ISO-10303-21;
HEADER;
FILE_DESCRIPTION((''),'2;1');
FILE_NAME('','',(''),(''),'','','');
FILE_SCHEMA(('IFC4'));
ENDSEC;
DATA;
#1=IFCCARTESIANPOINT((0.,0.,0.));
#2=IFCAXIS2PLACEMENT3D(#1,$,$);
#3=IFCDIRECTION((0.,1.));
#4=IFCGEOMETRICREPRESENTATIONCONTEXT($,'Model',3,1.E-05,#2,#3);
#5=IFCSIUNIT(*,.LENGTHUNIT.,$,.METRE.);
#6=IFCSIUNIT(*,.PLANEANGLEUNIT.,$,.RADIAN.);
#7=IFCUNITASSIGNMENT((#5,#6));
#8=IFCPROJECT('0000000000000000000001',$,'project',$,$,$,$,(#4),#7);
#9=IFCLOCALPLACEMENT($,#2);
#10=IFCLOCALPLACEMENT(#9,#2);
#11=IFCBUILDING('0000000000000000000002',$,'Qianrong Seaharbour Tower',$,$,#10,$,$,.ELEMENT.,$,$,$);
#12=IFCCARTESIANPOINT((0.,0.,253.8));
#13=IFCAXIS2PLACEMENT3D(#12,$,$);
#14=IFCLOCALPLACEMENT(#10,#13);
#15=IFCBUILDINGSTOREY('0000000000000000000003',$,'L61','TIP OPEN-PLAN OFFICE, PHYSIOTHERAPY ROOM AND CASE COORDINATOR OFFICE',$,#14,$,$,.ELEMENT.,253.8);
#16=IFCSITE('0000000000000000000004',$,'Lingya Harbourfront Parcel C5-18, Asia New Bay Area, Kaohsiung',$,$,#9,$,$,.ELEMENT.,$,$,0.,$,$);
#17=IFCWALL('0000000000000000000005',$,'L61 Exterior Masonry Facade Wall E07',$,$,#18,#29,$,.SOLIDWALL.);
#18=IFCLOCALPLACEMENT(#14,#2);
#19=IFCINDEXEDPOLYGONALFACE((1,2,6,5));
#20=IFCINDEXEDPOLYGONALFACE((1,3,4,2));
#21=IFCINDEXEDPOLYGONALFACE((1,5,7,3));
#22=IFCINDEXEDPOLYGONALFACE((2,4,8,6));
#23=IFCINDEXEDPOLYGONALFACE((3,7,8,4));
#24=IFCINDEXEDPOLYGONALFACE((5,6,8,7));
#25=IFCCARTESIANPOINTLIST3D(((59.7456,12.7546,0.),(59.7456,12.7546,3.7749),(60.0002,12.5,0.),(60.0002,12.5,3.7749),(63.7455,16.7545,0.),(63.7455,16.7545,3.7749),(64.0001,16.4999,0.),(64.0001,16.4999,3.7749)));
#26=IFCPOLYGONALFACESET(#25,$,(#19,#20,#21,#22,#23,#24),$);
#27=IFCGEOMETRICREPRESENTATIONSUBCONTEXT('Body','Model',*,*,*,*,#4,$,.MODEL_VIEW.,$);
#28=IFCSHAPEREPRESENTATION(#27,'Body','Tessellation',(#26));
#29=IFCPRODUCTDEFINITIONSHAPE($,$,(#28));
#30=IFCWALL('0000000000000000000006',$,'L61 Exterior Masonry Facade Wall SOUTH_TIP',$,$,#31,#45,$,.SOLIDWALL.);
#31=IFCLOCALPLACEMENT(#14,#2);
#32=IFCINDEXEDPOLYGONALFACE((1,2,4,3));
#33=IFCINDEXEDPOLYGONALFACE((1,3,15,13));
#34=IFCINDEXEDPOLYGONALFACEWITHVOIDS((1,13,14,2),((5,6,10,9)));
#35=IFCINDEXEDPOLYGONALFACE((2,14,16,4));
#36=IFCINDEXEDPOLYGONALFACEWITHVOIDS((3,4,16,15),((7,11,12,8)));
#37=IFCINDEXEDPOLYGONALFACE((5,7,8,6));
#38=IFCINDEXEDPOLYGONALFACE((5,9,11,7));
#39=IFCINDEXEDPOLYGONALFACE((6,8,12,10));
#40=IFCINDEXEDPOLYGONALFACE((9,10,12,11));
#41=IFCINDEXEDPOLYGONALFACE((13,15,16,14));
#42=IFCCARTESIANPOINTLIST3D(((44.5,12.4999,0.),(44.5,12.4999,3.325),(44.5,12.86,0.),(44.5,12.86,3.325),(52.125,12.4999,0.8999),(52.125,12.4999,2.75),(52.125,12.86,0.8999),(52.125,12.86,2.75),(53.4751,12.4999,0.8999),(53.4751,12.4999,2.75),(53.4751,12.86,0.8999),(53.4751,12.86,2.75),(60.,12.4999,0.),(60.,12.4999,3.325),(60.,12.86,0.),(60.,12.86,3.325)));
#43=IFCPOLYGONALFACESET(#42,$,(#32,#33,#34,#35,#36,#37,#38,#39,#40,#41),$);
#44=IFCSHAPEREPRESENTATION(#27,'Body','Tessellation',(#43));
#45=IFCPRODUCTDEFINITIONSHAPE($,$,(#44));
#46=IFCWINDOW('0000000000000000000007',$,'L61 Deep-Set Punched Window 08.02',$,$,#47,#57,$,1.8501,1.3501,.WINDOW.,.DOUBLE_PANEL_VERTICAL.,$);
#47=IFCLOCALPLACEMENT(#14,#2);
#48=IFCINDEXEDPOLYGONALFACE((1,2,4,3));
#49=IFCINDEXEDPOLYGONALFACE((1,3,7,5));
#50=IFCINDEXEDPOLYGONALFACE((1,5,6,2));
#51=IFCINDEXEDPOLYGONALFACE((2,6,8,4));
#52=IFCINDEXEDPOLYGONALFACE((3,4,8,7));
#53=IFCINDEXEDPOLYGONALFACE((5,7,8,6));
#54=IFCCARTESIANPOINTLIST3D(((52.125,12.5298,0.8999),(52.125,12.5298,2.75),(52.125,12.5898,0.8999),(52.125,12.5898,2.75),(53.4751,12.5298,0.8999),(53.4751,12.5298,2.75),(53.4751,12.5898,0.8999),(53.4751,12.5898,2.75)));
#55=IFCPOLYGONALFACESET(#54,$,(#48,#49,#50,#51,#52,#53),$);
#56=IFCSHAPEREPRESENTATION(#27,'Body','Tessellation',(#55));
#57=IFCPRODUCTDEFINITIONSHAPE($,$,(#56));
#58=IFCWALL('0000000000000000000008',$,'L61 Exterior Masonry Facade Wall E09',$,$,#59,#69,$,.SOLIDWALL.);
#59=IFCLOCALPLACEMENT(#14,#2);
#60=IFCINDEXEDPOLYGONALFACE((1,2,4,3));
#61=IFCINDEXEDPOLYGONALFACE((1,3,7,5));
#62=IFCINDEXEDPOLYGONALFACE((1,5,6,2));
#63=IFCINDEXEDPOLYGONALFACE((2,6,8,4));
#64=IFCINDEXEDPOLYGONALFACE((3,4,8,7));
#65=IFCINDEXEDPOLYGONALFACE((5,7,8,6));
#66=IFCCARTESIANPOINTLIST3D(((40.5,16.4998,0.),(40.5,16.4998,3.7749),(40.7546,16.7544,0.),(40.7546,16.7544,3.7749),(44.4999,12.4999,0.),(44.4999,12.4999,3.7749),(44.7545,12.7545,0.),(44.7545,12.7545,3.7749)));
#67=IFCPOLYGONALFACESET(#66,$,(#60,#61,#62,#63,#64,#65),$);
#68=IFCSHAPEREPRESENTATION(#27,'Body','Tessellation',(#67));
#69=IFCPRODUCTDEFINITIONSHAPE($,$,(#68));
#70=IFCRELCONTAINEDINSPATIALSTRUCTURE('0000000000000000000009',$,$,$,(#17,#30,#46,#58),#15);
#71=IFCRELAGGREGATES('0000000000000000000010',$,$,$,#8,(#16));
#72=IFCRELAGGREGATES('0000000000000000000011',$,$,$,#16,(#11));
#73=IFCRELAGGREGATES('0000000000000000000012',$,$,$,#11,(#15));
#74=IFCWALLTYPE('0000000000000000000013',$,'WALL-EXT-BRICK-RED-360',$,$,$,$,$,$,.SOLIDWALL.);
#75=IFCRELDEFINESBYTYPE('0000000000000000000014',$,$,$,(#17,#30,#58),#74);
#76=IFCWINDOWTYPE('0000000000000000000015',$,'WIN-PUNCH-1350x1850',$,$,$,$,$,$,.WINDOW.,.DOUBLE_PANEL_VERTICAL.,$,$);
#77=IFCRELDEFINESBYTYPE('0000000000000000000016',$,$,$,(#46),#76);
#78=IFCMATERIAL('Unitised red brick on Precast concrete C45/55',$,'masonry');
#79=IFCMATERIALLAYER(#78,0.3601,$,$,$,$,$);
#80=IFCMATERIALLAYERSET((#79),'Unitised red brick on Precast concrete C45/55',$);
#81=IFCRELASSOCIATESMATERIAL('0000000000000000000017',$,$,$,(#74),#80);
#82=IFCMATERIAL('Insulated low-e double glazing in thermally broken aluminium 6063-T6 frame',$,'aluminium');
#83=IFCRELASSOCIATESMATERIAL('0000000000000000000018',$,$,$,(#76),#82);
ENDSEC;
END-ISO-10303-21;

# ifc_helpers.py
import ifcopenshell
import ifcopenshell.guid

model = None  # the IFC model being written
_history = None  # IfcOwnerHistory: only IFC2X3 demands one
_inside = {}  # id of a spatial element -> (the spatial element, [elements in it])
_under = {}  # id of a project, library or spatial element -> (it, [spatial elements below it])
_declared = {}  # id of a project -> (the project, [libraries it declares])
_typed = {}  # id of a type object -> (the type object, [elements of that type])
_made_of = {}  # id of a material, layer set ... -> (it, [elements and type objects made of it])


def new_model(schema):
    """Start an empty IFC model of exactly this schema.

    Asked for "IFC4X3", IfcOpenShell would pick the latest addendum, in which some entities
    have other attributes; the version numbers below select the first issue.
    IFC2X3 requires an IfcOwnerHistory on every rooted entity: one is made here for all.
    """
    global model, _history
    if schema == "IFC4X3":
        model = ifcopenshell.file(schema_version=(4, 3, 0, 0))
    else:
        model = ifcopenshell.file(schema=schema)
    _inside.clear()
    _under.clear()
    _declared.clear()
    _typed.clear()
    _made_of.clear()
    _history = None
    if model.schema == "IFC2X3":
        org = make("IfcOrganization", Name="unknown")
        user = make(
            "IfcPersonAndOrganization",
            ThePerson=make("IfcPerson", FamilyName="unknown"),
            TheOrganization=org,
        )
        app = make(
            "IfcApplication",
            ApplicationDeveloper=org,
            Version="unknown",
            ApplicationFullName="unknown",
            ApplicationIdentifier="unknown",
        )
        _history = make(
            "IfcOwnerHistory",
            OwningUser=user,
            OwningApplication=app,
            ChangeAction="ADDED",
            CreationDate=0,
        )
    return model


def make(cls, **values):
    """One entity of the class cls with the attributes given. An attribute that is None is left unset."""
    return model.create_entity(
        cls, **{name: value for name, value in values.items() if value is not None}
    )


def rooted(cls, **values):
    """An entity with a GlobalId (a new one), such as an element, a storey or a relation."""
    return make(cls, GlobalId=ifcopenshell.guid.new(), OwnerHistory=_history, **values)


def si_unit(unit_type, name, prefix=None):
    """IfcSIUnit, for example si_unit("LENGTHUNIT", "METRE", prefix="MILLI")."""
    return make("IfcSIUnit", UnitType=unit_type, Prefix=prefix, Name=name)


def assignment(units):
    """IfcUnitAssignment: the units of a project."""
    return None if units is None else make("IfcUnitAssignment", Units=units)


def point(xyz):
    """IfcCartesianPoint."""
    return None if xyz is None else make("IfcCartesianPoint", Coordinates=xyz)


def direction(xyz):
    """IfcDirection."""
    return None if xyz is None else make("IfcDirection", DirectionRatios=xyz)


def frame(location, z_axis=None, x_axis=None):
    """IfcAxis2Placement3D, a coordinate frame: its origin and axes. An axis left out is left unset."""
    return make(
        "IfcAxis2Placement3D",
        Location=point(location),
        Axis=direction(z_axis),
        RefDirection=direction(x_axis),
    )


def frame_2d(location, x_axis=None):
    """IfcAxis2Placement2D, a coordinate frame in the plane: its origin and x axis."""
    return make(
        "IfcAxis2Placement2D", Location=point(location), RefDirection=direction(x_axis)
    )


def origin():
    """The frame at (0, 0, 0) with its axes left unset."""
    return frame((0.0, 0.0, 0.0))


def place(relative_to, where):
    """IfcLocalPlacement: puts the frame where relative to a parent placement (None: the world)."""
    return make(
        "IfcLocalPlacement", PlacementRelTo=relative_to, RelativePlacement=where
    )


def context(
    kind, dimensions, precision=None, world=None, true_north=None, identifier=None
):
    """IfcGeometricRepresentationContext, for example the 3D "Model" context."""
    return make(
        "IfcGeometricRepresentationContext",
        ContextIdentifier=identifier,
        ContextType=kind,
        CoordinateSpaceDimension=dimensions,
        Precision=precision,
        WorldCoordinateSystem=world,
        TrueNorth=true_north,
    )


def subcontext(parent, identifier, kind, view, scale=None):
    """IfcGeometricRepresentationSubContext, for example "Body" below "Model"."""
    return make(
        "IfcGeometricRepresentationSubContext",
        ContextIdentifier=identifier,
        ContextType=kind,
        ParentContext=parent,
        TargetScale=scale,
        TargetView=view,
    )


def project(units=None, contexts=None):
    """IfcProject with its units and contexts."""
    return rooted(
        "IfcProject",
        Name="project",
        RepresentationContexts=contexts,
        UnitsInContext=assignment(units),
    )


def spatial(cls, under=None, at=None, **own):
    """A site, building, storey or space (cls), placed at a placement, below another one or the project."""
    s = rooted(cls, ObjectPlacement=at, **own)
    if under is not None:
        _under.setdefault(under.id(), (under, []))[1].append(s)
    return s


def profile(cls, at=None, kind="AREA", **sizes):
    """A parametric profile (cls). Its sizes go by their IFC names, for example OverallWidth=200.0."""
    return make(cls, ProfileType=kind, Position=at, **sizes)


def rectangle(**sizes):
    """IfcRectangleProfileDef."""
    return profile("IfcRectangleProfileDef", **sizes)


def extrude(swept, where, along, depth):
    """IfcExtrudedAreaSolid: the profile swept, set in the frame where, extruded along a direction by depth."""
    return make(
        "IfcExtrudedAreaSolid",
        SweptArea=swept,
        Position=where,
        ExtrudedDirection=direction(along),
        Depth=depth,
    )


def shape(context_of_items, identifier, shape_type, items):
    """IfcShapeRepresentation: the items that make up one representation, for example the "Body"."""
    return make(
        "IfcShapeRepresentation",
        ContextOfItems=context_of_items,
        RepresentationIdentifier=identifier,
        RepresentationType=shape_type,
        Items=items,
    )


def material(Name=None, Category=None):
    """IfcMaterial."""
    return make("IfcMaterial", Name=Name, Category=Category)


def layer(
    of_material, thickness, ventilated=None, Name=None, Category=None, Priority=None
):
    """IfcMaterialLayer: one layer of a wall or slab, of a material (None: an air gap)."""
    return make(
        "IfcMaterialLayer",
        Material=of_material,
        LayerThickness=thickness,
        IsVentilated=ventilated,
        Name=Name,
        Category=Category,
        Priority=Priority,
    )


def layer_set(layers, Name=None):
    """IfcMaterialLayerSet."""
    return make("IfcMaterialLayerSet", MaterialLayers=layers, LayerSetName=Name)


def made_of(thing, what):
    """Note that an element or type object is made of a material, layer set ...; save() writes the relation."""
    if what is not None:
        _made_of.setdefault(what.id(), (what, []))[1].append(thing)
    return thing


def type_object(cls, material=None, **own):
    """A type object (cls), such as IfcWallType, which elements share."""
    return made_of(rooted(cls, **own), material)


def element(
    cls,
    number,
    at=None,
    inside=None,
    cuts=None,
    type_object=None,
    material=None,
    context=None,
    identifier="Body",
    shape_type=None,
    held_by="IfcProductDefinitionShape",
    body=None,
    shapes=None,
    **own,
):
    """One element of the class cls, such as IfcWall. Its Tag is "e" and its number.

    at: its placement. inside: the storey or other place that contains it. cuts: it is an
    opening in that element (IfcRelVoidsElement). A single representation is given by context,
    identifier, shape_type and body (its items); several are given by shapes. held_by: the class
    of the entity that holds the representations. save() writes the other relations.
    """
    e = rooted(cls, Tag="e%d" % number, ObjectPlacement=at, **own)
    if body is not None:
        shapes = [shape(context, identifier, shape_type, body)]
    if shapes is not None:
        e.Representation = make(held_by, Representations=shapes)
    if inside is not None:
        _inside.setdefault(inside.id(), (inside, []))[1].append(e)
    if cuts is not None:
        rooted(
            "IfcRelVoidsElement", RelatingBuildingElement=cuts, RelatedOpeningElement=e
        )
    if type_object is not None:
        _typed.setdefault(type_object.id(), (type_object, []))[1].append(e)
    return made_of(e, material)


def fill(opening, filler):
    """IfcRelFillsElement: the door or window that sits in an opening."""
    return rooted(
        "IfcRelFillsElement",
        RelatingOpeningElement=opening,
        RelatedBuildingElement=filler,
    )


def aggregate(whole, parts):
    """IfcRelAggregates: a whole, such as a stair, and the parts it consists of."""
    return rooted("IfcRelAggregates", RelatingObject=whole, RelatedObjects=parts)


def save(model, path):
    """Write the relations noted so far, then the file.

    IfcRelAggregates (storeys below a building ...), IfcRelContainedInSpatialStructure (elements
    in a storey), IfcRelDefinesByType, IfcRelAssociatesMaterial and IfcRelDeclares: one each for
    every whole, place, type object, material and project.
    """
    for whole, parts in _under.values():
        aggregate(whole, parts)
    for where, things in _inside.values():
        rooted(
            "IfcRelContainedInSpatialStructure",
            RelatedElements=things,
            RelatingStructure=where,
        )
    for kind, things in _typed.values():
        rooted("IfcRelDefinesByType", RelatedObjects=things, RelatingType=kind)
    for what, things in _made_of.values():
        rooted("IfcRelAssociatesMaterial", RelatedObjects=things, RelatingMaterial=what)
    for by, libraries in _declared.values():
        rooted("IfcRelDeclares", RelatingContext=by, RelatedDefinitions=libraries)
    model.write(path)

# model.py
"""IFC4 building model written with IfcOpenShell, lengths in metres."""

from ifc_helpers import new_model, si_unit, direction, frame, frame_2d, origin, place, context, subcontext, project, spatial, rectangle, extrude, material, layer, layer_set, type_object, element, fill, save


model = new_model("IFC4")

# Units and contexts
model_context = context("Model", 3, precision=1e-05, world=origin(), true_north=direction((0.0, 1.0)))
body_context = subcontext(model_context, "Body", "Model", "MODEL_VIEW")
ifc_project = project(units=[si_unit("LENGTHUNIT", "METRE"), si_unit("PLANEANGLEUNIT", "RADIAN")], contexts=[model_context])

# Site, building, storey
site_placement = place(None, origin())
site = spatial("IfcSite", under=ifc_project, at=site_placement, Name="Lingya Harbourfront Parcel C5-18, Asia New Bay Area, Kaohsiung", CompositionType="ELEMENT", RefElevation=0.0)
building_placement = place(site_placement, origin())
building = spatial("IfcBuilding", under=site, at=building_placement, Name="Qianrong Seaharbour Tower", CompositionType="ELEMENT")
storey_placement = place(building_placement, frame((0.0, 0.0, 253.8)))
storey = spatial("IfcBuildingStorey", under=building, at=storey_placement, Name="L61", Description="TIP OPEN-PLAN OFFICE, PHYSIOTHERAPY ROOM AND CASE COORDINATOR OFFICE", CompositionType="ELEMENT", Elevation=253.8)

# Wall
ifc_material_1 = material(Name="Unitised red brick on Precast concrete C45/55", Category="masonry")
ifc_layer_1 = layer(ifc_material_1, 0.3601)
ifc_layer_set_1 = layer_set([ifc_layer_1], Name="Unitised red brick on Precast concrete C45/55")
wall_type_1 = type_object("IfcWallType", Name="WALL-EXT-BRICK-RED-360", PredefinedType="SOLIDWALL", material=ifc_layer_set_1)
wall_1_placement = place(storey_placement, frame((63.8728, 16.6272, 0.0), z_axis=(0.0, 0.0, 1.0), x_axis=(-0.707107, -0.707107, 0.0)))
element("IfcWall", 1, at=wall_1_placement, inside=storey, type_object=wall_type_1, Name="L61 Exterior Masonry Facade Wall E07", PredefinedType="SOLIDWALL", context=body_context, shape_type="SweptSolid", body=[
    extrude(rectangle(XDim=5.6567, YDim=0.3601, at=frame_2d((2.8284, 0.0))), origin(), (0.0, 0.0, 1.0), 3.7749),
])

# Wall, opening, window
wall_2_placement = place(storey_placement, frame((60.0, 12.6799, 0.0), z_axis=(0.0, 0.0, 1.0), x_axis=(-1.0, 0.0, 0.0)))
wall_2 = element("IfcWall", 2, at=wall_2_placement, inside=storey, type_object=wall_type_1, Name="L61 Exterior Masonry Facade Wall SOUTH_TIP", PredefinedType="SOLIDWALL", context=body_context, shape_type="SweptSolid", body=[
    extrude(rectangle(XDim=15.5, YDim=0.3601, at=frame_2d((7.75, 0.0))), origin(), (0.0, 0.0, 1.0), 3.325),
])
opening_placement = place(wall_2_placement, frame((6.5249, 0.0, 0.8999)))
opening = element("IfcOpeningElement", 3, at=opening_placement, cuts=wall_2, PredefinedType="OPENING", context=body_context, shape_type="SweptSolid", body=[
    extrude(rectangle(XDim=1.3501, YDim=1.8501, at=frame_2d((0.675, 0.925))), frame((0.0, 0.1899, 0.0), z_axis=(0.0, -1.0, 0.0), x_axis=(1.0, 0.0, 0.0)), (0.0, 0.0, 1.0), 0.3801),
])
ifc_material_2 = material(Name="Insulated low-e double glazing in thermally broken aluminium 6063-T6 frame", Category="aluminium")
window_type = type_object("IfcWindowType", Name="WIN-PUNCH-1350x1850", PartitioningType="DOUBLE_PANEL_VERTICAL", PredefinedType="WINDOW", material=ifc_material_2)
window_placement = place(opening_placement, origin())
window = element("IfcWindow", 4, at=window_placement, inside=storey, type_object=window_type, Name="L61 Deep-Set Punched Window 08.02", OverallHeight=1.8501, OverallWidth=1.3501, PartitioningType="DOUBLE_PANEL_VERTICAL", PredefinedType="WINDOW", context=body_context, shape_type="SweptSolid", body=[
    extrude(rectangle(XDim=1.3501, YDim=1.8501, at=frame_2d((0.675, 0.925))), frame((0.0, 0.1501, 0.0), z_axis=(0.0, -1.0, 0.0), x_axis=(1.0, 0.0, 0.0)), (0.0, 0.0, 1.0), 0.0601),
])
fill(opening, window)

# Wall
wall_3_placement = place(storey_placement, frame((44.6272, 12.6272, 0.0), z_axis=(0.0, 0.0, 1.0), x_axis=(-0.707107, 0.707107, 0.0)))
element("IfcWall", 5, at=wall_3_placement, inside=storey, type_object=wall_type_1, Name="L61 Exterior Masonry Facade Wall E09", PredefinedType="SOLIDWALL", context=body_context, shape_type="SweptSolid", body=[
    extrude(rectangle(XDim=5.6567, YDim=0.3601, at=frame_2d((2.8284, 0.0))), origin(), (0.0, 0.0, 1.0), 3.7749),
])

save(model, "model.ifc")
